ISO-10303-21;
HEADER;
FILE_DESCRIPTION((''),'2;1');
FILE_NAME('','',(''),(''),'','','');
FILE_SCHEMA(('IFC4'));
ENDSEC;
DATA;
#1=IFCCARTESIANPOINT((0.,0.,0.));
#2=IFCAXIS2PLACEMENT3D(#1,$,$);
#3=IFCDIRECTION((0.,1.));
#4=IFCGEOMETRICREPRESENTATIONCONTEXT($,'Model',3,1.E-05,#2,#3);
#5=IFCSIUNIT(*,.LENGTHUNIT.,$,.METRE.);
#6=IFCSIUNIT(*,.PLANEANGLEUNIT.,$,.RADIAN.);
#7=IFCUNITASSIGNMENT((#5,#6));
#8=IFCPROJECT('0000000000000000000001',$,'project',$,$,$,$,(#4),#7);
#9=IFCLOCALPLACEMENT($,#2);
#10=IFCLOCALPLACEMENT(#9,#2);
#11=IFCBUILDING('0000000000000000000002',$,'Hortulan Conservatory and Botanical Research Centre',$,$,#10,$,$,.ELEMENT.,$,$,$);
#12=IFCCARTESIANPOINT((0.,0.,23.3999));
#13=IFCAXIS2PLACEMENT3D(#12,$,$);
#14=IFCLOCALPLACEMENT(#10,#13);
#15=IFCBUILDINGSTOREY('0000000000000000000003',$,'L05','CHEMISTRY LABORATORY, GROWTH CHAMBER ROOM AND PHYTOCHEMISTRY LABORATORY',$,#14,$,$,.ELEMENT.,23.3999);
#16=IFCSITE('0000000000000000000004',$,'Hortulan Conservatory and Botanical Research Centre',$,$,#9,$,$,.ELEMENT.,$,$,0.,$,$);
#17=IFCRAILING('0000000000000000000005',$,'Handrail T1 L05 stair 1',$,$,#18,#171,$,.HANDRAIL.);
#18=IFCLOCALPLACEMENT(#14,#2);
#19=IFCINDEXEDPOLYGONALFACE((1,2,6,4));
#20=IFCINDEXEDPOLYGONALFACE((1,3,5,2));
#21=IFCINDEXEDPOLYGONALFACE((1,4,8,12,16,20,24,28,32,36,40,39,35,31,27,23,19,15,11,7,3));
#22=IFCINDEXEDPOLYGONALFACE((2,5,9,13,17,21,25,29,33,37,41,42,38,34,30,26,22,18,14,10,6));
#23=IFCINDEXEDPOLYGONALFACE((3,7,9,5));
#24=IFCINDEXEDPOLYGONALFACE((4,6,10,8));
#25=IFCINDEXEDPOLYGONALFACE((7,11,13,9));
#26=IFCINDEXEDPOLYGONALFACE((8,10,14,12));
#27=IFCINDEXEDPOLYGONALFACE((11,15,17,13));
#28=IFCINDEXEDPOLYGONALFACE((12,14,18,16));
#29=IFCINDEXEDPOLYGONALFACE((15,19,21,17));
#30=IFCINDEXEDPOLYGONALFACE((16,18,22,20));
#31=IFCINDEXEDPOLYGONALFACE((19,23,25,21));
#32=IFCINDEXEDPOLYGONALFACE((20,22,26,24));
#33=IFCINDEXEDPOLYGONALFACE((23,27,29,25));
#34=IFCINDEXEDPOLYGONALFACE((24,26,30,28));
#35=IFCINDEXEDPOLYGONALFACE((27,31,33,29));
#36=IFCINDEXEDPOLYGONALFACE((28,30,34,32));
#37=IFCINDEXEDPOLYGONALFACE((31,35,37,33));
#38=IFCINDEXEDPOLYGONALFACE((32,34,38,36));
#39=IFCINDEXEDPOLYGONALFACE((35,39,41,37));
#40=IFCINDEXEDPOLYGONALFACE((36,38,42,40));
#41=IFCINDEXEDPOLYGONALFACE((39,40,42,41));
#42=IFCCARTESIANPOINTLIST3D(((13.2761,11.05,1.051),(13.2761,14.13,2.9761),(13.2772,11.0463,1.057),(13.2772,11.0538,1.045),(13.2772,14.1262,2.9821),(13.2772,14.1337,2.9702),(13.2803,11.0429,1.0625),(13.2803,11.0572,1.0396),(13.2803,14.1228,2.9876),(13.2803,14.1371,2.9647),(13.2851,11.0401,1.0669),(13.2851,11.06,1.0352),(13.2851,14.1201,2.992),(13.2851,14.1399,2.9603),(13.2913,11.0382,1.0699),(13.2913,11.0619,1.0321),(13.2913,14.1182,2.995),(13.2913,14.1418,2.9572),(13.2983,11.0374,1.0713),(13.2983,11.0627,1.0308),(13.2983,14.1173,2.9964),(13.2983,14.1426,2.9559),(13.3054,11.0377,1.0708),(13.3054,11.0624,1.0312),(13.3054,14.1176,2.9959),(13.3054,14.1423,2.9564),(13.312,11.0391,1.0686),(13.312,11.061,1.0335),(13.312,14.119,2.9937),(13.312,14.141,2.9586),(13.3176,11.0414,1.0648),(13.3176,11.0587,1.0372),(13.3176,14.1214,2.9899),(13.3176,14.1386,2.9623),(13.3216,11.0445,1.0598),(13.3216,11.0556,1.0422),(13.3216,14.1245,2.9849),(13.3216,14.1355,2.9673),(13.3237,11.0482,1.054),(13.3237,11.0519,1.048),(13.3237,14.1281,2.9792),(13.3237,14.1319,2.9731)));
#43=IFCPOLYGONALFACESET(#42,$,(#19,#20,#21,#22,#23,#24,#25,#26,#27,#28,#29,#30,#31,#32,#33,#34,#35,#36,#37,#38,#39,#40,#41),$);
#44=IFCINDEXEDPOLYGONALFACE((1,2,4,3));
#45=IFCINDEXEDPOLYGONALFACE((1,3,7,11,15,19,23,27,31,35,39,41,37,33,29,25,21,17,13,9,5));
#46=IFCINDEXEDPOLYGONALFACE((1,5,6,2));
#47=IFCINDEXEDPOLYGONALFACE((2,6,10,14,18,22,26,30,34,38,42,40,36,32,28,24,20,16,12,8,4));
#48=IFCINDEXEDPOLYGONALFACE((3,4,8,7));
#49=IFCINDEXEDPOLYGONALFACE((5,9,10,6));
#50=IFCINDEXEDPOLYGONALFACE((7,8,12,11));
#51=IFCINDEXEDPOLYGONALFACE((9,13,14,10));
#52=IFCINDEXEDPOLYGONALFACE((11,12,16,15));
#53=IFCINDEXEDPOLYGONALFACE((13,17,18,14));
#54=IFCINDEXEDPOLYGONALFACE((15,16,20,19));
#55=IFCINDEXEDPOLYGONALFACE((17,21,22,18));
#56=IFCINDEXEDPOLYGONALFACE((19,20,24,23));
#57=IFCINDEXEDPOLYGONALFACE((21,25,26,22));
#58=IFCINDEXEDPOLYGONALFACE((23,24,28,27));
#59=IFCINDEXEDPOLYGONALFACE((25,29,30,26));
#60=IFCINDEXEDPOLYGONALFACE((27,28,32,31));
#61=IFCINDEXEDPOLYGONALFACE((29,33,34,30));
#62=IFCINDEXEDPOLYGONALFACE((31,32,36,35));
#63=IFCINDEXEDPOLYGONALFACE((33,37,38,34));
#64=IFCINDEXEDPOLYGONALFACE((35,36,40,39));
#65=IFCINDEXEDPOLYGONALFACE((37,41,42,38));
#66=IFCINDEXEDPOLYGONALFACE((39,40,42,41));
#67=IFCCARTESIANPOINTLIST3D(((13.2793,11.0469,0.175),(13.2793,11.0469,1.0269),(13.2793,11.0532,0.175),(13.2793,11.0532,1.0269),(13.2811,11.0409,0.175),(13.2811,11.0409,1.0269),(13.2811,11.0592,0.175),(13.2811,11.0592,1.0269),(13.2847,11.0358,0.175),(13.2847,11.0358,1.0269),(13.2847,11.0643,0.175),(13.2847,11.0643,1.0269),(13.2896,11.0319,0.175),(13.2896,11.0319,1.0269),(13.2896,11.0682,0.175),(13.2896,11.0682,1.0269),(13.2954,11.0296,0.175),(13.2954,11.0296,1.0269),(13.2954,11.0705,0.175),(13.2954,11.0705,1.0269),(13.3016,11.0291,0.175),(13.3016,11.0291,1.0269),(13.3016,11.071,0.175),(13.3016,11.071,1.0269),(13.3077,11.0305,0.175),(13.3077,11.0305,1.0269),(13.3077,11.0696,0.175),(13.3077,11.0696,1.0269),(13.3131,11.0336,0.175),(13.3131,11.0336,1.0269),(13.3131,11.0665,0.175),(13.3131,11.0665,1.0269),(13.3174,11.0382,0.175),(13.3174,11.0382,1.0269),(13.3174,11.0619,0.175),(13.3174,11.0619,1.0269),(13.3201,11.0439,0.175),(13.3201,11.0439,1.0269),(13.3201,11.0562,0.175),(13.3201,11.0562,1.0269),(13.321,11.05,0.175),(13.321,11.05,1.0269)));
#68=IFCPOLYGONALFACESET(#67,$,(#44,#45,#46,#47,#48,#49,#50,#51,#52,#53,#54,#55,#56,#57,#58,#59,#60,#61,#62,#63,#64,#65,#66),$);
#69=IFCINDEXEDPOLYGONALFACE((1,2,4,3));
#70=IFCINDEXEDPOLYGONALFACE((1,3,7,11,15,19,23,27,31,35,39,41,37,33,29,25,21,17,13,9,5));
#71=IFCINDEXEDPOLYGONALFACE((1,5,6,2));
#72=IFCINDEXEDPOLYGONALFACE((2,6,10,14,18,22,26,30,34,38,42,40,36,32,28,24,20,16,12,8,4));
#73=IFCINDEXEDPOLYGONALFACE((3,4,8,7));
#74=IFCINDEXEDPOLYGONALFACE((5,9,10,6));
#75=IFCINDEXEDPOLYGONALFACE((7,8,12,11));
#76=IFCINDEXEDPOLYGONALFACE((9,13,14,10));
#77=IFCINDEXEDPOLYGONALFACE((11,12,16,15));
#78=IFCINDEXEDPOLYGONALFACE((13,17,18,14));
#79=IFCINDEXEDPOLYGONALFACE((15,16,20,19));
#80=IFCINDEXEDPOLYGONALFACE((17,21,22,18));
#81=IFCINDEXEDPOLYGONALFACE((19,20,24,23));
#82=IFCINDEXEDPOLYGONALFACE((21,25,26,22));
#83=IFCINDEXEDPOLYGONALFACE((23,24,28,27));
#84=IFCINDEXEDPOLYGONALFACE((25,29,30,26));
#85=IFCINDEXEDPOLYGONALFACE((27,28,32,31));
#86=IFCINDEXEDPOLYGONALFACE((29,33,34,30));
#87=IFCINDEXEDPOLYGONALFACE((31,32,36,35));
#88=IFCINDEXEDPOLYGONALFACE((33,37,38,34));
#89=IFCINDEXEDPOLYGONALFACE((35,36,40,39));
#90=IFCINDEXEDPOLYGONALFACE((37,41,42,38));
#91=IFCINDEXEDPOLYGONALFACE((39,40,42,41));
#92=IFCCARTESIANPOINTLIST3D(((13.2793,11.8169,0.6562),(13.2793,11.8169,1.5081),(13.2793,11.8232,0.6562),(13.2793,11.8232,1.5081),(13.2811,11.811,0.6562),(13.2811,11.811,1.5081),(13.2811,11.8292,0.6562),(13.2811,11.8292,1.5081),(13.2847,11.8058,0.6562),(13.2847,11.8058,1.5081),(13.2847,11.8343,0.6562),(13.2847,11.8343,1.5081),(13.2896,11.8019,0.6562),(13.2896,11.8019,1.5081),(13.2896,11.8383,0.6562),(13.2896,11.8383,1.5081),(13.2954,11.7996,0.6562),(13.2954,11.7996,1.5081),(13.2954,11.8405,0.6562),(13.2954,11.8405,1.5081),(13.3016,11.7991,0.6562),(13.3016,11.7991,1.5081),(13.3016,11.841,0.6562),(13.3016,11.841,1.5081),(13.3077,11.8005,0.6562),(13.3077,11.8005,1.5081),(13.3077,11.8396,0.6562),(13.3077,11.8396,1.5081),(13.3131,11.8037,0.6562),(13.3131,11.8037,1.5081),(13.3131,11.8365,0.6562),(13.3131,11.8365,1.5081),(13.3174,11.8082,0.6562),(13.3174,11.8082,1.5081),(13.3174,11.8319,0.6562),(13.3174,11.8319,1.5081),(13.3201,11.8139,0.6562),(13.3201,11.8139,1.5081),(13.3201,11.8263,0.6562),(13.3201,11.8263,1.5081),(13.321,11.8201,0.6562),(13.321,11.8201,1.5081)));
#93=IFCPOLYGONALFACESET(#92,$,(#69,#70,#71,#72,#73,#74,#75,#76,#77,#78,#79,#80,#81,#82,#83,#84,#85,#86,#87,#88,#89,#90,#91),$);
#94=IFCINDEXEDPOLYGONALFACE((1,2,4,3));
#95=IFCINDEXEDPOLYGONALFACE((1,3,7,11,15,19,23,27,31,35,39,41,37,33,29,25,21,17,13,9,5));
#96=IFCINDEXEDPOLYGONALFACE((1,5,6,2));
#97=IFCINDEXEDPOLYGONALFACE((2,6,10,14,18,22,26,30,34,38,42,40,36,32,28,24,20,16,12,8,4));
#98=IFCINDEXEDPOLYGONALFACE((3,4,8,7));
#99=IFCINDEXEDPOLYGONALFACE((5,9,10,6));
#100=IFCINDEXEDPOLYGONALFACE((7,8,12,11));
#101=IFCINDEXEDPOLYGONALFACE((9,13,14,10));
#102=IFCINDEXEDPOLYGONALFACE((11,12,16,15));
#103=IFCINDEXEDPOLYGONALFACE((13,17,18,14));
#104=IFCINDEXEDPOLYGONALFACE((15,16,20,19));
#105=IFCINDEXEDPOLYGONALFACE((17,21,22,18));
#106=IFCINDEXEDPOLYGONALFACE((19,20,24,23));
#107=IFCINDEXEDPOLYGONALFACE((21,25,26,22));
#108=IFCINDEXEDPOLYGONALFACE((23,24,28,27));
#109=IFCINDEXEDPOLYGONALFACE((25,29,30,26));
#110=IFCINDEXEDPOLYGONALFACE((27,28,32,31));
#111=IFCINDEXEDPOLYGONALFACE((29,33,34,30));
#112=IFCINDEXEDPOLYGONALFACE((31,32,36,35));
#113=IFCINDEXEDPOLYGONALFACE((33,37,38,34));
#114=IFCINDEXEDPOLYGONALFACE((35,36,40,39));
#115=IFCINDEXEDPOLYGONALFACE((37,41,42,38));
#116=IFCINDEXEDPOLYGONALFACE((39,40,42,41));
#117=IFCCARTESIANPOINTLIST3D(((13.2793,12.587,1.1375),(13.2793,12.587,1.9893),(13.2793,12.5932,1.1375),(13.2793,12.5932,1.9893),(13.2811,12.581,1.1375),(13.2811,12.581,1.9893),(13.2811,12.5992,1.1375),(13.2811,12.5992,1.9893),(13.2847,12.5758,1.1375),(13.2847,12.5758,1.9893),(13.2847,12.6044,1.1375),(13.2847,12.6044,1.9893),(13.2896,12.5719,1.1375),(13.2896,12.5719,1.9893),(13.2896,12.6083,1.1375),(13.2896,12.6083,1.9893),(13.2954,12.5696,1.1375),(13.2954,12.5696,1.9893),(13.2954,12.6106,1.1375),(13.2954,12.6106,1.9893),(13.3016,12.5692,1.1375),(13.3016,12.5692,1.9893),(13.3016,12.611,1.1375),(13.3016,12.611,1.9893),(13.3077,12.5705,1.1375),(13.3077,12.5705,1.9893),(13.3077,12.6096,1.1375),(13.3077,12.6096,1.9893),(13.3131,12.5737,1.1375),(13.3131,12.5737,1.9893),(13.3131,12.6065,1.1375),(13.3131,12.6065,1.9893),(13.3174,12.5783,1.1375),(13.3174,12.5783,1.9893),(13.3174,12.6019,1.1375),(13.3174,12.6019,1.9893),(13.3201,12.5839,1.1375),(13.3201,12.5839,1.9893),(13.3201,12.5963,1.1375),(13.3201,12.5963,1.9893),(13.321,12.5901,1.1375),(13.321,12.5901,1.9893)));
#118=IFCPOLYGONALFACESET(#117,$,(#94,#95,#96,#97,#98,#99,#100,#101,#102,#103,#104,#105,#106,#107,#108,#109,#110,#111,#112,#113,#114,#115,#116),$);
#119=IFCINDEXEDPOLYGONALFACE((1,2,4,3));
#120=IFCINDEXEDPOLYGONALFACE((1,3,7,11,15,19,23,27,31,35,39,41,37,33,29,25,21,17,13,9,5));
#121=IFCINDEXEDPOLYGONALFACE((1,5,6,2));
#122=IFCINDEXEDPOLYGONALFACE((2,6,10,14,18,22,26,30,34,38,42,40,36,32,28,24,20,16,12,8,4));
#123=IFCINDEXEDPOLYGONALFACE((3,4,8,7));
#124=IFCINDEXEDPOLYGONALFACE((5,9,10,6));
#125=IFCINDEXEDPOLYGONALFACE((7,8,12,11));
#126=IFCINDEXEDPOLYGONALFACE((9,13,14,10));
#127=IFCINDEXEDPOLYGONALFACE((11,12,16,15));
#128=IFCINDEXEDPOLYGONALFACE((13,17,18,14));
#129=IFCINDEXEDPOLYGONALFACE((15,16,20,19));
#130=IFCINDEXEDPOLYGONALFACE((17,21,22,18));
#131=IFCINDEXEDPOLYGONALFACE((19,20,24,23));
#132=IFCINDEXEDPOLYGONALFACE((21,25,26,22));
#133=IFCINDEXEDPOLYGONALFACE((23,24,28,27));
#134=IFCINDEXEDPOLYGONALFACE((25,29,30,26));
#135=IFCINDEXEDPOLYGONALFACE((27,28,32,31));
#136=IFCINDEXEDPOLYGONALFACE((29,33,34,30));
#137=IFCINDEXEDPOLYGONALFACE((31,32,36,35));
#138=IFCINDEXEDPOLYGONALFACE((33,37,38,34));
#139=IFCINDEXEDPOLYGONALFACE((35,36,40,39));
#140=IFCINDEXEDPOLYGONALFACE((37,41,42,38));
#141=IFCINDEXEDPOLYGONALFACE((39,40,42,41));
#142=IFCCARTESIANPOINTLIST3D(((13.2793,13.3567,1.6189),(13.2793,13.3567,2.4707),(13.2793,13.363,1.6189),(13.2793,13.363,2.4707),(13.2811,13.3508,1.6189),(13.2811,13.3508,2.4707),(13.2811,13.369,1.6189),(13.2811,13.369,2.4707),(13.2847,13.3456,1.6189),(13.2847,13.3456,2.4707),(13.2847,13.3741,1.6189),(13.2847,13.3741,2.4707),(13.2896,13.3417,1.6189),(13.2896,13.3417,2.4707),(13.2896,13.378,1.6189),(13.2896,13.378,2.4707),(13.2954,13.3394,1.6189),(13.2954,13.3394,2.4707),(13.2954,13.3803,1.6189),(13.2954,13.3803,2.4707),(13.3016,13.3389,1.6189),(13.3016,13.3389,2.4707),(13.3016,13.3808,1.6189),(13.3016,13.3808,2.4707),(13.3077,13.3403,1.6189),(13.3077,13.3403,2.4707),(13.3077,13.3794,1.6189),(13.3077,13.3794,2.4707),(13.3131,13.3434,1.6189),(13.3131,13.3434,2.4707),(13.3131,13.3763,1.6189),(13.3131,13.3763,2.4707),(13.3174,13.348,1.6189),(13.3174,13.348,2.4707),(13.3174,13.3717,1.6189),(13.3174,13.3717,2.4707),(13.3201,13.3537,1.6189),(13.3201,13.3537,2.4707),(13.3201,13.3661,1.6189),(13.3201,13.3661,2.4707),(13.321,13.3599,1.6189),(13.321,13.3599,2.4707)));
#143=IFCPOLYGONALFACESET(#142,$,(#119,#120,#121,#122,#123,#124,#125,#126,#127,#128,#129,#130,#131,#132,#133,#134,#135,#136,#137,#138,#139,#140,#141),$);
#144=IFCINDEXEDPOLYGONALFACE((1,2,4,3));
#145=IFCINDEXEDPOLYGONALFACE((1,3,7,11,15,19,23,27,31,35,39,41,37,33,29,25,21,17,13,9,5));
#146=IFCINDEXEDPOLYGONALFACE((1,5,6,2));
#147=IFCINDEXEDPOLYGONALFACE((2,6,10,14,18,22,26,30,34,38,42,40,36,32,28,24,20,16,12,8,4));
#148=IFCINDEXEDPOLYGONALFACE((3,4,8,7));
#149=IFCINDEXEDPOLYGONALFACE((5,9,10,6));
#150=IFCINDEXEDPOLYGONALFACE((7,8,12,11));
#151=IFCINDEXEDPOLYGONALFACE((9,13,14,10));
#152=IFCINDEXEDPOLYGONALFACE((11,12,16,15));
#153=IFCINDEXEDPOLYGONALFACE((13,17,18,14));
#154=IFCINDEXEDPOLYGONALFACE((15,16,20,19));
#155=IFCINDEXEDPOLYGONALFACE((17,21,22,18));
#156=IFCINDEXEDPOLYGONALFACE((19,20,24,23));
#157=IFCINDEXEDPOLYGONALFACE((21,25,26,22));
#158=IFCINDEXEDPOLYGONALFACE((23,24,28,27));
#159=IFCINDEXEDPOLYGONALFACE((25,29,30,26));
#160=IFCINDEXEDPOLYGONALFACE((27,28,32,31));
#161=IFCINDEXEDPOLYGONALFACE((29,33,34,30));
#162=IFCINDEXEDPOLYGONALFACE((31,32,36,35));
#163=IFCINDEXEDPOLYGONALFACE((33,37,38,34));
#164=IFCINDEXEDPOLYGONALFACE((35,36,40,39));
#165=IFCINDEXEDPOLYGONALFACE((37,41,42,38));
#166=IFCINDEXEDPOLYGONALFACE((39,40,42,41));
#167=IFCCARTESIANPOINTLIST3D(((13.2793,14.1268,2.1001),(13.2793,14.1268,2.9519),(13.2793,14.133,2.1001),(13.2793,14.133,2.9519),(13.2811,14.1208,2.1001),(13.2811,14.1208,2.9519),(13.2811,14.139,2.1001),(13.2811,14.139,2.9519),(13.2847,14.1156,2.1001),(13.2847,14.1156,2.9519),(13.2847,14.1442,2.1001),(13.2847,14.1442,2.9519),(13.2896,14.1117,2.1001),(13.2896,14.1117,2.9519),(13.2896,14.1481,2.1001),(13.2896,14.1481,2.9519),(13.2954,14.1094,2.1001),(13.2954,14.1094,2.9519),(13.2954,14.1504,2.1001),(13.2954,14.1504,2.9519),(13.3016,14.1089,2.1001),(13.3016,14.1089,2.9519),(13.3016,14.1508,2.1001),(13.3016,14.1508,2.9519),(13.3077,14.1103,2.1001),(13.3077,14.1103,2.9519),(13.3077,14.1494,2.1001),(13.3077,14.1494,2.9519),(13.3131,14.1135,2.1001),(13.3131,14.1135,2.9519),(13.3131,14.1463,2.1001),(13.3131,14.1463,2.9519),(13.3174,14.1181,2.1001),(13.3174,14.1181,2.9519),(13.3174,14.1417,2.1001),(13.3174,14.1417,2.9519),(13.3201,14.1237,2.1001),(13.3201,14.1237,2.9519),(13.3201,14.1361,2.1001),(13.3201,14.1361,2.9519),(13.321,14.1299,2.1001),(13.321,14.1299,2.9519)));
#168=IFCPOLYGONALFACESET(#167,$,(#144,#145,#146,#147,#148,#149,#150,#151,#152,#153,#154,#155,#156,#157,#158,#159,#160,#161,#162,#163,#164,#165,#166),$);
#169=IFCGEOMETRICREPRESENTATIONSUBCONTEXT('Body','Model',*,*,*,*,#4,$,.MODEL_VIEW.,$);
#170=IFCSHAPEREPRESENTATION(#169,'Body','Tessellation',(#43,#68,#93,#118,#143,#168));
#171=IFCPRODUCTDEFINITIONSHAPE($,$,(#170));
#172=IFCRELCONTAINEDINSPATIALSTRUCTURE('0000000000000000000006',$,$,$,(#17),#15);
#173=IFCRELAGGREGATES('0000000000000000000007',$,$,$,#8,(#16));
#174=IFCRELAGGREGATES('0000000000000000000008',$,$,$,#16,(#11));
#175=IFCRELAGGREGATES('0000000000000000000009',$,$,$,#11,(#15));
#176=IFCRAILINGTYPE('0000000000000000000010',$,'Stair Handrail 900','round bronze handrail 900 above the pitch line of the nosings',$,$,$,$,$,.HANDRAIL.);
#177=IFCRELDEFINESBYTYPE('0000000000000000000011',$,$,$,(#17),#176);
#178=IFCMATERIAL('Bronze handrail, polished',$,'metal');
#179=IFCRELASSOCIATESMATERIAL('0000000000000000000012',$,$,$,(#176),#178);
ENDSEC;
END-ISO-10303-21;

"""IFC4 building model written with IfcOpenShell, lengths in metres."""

from ifc_helpers import new_model, si_unit, direction, frame, origin, origin_2d, place, context, subcontext, project, spatial, circle, extrude, material, type_object, element, save


model = new_model("IFC4")

# Units and contexts
model_context = context("Model", 3, precision=1e-05, world=origin(), true_north=direction((0.0, 1.0)))
body_context = subcontext(model_context, "Body", "Model", "MODEL_VIEW")
ifc_project = project(units=[si_unit("LENGTHUNIT", "METRE"), si_unit("PLANEANGLEUNIT", "RADIAN")], contexts=[model_context])

# Site, building, storey
site_placement = place(None, origin())
site = spatial("IfcSite", under=ifc_project, at=site_placement, Name="Hortulan Conservatory and Botanical Research Centre", CompositionType="ELEMENT", RefElevation=0.0)
building_placement = place(site_placement, origin())
building = spatial("IfcBuilding", under=site, at=building_placement, Name="Hortulan Conservatory and Botanical Research Centre", CompositionType="ELEMENT")
storey_placement = place(building_placement, frame((0.0, 0.0, 23.3999)))
storey = spatial("IfcBuildingStorey", under=building, at=storey_placement, Name="L05", Description="CHEMISTRY LABORATORY, GROWTH CHAMBER ROOM AND PHYTOCHEMISTRY LABORATORY", CompositionType="ELEMENT", Elevation=23.3999)

# Railing
ifc_material_1 = material(Name="Bronze handrail, polished", Category="metal")
railing_type_1 = type_object("IfcRailingType", Name="Stair Handrail 900", Description="round bronze handrail 900 above the pitch line of the nosings", PredefinedType="HANDRAIL", material=ifc_material_1)
railing_1_placement = place(storey_placement, frame((13.3, 11.05, 0.175)))
element("IfcRailing", 1, at=railing_1_placement, inside=storey, type_object=railing_type_1, Name="Handrail T1 L05 stair 1", PredefinedType="HANDRAIL", context=body_context, shape_type="SweptSolid", body=[
    extrude(circle(Radius=0.0239, at=origin_2d()), frame((0.0, 0.0, 0.876), z_axis=(0.0, 0.847979, 0.530029), x_axis=(-1.0, 0.0, 0.0)), (0.0, 0.0, 1.0), 3.6321),
    extrude(circle(Radius=0.021, at=origin_2d()), origin(), (0.0, 0.0, 1.0), 0.8518),
    extrude(circle(Radius=0.021, at=origin_2d()), frame((0.0, 0.77, 0.4812)), (0.0, 0.0, 1.0), 0.8518),
    extrude(circle(Radius=0.021, at=origin_2d()), frame((0.0, 1.54, 0.9624)), (0.0, 0.0, 1.0), 0.8518),
    extrude(circle(Radius=0.021, at=origin_2d()), frame((0.0, 2.3098, 1.4438)), (0.0, 0.0, 1.0), 0.8518),
    extrude(circle(Radius=0.021, at=origin_2d()), frame((0.0, 3.0798, 1.925)), (0.0, 0.0, 1.0), 0.8518),
])

save(model, "model.ifc")
